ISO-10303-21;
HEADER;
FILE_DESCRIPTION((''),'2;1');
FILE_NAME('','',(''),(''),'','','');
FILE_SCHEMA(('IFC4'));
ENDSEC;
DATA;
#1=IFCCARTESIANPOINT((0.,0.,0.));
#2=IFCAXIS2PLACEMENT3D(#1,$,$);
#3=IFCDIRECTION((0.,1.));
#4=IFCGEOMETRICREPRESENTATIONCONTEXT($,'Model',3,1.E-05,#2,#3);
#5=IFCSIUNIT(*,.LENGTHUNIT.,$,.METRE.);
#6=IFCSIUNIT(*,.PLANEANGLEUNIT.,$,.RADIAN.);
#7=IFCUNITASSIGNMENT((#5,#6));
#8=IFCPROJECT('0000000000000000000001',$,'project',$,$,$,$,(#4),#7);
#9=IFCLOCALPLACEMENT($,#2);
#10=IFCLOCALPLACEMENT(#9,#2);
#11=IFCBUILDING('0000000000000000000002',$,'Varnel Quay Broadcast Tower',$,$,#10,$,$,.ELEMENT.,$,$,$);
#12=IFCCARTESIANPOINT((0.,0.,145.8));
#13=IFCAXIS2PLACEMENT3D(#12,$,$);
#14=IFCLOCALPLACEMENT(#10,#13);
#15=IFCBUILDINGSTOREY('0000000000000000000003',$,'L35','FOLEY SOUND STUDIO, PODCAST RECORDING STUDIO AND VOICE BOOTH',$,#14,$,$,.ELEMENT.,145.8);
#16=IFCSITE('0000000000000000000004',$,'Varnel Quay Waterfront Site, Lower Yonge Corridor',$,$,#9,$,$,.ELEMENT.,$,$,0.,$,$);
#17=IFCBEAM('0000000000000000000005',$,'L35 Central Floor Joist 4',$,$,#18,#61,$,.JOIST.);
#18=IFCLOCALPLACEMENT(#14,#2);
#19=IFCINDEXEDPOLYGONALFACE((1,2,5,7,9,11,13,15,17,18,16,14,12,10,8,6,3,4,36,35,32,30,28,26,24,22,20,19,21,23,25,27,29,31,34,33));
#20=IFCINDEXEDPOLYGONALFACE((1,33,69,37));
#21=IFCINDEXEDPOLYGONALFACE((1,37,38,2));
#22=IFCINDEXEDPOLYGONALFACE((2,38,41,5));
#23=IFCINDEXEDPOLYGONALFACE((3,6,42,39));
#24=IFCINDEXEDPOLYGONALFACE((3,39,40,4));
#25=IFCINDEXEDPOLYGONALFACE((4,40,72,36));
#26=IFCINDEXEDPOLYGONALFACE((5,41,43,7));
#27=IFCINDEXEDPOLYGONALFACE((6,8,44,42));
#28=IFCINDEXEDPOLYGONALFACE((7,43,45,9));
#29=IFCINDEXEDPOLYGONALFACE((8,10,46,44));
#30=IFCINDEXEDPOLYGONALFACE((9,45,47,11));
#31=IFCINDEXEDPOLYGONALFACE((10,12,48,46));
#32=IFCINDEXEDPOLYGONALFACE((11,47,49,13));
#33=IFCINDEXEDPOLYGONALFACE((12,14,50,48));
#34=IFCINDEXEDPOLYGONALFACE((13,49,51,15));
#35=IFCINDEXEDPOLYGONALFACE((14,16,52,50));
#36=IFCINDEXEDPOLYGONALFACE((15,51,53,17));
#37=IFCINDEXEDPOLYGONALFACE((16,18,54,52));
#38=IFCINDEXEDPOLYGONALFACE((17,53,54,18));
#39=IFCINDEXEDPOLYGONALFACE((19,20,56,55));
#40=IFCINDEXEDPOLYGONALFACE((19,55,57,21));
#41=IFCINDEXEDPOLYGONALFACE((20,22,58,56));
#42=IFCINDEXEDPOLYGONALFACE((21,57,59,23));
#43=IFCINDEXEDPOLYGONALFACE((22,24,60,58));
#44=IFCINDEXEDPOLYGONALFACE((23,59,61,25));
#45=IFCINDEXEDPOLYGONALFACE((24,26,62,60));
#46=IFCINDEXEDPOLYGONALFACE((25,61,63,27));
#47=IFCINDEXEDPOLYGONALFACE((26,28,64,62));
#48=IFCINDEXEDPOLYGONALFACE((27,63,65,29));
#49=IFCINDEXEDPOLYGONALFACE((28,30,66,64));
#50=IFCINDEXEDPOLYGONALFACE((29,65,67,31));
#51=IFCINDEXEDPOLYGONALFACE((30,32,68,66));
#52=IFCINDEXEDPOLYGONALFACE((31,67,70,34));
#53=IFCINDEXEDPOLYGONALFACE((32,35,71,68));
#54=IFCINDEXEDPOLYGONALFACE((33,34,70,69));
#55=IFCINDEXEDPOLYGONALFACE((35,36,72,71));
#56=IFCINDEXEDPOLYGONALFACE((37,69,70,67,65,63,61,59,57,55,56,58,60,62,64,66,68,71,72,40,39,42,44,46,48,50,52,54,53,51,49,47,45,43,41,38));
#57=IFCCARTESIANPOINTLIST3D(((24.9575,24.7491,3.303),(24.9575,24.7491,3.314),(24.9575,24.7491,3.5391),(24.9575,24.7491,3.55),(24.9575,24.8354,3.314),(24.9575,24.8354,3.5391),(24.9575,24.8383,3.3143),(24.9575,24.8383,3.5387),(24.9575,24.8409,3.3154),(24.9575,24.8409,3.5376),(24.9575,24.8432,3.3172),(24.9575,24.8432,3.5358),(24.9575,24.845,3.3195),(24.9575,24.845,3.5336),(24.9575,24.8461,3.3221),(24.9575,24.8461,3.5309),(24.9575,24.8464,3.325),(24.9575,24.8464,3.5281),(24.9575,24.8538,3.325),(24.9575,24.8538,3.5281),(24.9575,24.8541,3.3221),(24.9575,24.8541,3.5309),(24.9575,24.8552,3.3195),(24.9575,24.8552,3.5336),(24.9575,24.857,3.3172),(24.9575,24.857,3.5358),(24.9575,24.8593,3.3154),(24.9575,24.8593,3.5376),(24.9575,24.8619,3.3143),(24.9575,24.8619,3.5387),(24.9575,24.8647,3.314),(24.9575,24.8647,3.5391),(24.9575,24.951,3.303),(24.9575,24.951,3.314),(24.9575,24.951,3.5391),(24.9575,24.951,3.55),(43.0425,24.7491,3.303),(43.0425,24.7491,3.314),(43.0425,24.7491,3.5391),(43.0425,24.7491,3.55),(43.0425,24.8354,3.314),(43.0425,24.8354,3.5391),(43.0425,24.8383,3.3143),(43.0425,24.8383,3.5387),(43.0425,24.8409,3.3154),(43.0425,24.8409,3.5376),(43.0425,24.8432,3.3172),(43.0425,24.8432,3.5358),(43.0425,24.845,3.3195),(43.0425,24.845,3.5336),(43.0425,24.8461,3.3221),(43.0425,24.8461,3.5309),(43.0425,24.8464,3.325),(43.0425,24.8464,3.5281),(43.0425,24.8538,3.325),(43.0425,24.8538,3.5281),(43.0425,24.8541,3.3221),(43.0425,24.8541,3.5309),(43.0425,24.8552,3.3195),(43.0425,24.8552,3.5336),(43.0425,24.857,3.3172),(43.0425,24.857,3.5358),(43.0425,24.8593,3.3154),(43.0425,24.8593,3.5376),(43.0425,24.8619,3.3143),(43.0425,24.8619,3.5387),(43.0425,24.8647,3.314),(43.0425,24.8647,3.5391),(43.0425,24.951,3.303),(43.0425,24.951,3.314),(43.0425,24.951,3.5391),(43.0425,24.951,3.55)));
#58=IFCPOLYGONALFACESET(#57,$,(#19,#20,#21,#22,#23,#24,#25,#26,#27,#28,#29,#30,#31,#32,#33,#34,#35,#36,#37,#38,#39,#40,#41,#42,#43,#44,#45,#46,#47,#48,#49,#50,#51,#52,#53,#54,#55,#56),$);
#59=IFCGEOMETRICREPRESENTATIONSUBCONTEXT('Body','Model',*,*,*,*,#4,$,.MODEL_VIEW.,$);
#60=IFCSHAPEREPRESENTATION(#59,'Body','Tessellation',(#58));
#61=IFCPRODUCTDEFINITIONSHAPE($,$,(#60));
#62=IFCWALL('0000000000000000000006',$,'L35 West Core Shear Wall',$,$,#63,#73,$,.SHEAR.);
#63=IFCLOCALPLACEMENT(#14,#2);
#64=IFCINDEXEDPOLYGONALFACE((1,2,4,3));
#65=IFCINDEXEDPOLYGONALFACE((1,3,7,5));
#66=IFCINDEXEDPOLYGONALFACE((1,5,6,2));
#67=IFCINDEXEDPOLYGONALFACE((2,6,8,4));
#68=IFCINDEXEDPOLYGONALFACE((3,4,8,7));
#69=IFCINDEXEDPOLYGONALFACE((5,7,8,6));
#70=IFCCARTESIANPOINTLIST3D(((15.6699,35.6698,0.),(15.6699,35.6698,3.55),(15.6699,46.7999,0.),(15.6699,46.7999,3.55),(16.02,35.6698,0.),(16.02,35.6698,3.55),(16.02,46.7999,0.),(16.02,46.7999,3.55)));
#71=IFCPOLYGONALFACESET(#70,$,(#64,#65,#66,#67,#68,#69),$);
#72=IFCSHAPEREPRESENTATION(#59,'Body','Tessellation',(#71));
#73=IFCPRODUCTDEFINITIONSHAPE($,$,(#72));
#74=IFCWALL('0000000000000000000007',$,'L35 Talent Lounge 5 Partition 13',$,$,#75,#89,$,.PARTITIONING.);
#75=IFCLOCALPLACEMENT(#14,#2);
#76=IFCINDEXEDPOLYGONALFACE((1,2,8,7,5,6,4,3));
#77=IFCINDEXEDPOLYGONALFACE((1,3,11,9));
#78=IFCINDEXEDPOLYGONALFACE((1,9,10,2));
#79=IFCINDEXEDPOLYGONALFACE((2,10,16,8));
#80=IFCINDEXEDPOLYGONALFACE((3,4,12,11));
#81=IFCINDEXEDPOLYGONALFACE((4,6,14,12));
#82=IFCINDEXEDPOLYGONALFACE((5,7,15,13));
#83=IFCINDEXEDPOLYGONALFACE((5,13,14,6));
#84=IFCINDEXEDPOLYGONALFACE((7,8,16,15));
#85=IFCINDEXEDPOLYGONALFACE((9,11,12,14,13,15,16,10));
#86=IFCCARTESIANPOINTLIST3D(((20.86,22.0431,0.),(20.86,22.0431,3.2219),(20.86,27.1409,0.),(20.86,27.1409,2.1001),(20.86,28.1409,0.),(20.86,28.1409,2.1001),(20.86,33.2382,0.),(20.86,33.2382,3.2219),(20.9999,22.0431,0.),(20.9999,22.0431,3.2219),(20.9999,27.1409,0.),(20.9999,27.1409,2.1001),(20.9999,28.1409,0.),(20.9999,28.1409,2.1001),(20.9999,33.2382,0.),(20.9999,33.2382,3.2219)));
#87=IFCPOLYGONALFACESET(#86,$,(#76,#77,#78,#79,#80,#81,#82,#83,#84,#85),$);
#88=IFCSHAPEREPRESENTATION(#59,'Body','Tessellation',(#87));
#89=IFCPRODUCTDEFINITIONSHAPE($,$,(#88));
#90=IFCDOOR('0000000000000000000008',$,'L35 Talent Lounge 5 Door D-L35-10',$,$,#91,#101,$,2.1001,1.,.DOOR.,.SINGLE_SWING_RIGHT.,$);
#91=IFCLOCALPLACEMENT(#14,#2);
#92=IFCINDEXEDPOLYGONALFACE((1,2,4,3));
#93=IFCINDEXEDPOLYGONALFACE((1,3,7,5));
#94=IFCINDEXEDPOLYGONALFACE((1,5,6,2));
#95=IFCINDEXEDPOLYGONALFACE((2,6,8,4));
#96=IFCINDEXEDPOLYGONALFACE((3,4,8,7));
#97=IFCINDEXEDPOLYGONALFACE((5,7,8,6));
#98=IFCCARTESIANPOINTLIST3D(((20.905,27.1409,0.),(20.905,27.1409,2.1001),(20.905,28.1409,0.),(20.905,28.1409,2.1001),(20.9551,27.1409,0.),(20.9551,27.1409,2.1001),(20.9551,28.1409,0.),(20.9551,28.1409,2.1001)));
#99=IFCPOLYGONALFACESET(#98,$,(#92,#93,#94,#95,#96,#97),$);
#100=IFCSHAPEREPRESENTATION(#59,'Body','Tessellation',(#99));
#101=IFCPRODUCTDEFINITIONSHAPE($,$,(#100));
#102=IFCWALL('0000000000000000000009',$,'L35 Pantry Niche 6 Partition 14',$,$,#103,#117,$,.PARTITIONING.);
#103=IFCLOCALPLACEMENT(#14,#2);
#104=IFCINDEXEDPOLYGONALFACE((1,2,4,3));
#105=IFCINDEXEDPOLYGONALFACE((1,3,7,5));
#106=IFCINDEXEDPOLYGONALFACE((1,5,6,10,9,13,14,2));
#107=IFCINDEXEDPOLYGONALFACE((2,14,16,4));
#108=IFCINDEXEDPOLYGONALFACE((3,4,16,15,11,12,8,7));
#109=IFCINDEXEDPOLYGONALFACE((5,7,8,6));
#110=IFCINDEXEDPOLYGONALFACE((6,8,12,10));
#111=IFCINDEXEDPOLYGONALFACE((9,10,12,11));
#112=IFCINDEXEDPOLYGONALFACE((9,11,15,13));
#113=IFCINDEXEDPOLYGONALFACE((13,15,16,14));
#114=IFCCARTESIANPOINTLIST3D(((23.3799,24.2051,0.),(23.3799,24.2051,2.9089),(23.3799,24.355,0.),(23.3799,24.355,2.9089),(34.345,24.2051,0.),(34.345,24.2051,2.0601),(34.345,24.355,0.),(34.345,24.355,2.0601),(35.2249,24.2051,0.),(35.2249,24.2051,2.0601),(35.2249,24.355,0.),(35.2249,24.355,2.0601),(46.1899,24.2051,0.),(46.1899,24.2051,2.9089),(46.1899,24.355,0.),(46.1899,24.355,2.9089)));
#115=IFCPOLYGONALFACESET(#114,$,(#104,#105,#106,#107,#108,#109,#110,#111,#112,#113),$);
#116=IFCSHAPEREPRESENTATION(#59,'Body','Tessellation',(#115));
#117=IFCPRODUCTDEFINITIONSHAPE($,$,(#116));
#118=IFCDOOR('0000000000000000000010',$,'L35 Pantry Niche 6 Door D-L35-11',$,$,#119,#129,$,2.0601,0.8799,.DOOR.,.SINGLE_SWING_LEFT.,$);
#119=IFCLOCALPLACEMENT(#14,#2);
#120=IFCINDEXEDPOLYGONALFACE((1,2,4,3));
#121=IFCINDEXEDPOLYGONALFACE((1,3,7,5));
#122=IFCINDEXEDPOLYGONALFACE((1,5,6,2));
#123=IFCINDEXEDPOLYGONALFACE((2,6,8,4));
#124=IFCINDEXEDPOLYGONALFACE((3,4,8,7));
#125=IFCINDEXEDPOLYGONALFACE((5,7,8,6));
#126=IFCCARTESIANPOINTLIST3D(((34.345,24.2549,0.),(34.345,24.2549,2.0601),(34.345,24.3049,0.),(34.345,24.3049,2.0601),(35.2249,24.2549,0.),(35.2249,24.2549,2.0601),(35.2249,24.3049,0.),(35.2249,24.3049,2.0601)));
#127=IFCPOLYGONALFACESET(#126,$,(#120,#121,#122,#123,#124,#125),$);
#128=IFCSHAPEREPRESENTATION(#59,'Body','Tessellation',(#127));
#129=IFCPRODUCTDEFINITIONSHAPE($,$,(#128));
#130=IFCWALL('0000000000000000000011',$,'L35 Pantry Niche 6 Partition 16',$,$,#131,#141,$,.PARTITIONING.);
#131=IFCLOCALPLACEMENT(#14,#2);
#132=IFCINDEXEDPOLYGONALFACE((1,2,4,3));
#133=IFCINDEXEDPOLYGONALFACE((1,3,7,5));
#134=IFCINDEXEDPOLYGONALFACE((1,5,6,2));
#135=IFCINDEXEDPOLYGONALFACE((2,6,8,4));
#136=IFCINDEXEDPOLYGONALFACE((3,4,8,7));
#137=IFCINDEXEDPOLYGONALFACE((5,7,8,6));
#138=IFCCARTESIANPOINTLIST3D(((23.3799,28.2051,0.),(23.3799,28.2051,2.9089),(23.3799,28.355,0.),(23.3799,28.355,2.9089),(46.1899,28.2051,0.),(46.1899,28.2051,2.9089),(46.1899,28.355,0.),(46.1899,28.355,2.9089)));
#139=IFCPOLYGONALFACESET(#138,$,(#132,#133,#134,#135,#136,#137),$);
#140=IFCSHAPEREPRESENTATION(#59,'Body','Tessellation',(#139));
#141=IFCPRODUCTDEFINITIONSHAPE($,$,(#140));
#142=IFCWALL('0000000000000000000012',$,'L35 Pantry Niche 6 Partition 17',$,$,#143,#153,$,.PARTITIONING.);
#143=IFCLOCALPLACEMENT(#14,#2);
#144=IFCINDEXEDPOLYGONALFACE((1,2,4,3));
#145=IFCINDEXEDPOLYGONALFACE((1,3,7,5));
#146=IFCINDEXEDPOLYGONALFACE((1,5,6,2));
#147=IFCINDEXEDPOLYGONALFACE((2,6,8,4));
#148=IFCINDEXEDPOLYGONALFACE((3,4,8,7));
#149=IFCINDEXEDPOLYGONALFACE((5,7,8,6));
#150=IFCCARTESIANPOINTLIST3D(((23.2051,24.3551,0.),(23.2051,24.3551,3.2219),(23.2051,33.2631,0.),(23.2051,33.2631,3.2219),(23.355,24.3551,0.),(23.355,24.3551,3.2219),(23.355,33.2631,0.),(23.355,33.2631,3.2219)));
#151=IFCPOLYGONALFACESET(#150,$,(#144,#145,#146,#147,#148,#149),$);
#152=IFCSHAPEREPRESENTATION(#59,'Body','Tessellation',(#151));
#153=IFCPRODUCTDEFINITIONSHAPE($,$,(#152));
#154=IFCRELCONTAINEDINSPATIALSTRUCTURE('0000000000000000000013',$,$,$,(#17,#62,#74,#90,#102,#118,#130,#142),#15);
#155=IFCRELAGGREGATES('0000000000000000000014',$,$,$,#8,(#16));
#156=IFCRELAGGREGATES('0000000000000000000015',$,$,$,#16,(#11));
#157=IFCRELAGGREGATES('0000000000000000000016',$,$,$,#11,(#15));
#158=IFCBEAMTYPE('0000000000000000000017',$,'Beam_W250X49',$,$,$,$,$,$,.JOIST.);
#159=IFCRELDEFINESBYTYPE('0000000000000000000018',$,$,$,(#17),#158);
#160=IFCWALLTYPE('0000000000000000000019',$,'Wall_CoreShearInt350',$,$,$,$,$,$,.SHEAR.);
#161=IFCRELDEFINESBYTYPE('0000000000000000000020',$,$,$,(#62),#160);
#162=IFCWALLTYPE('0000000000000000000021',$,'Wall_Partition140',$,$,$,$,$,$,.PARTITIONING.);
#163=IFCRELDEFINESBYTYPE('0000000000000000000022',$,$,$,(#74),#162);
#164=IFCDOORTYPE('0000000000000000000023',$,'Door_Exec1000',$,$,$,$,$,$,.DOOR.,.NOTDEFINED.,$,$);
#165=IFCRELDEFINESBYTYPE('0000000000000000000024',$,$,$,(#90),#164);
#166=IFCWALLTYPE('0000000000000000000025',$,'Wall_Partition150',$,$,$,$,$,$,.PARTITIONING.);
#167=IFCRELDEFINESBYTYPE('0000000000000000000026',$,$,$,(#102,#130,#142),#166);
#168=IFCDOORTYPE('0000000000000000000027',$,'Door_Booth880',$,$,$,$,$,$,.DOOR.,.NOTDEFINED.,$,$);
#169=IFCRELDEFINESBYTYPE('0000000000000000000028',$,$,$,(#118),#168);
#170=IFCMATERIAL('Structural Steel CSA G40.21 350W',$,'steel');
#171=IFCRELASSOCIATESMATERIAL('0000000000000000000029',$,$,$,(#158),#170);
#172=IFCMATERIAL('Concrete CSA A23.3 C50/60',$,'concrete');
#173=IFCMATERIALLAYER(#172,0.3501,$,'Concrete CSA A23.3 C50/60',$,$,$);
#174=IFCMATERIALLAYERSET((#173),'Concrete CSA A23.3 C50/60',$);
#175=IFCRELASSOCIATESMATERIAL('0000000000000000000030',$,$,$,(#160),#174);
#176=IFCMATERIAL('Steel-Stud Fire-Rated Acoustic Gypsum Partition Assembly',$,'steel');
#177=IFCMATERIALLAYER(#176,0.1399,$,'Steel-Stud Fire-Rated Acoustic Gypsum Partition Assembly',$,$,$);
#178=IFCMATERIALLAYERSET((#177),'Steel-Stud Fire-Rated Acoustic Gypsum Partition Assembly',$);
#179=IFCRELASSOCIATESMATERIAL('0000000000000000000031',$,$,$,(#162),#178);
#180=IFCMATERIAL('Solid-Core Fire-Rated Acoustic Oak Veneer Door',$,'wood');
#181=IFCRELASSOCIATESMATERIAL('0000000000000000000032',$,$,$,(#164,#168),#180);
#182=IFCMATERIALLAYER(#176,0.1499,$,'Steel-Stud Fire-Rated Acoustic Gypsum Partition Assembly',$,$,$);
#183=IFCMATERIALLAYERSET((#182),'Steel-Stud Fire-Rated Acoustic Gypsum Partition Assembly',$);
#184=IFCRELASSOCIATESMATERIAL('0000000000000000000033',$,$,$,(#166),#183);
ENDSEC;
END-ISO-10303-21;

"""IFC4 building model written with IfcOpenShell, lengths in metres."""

from ifc_helpers import new_model, si_unit, direction, frame, frame_2d, origin, origin_2d, place, context, subcontext, project, spatial, rectangle, i_section, extrude, source, transform, mapped, material, layer, layer_set, material_profile, profile_set, type_object, type_shapes, element, fill, save


model = new_model("IFC4")

# Units and contexts
model_context = context("Model", 3, precision=1e-05, world=origin(), true_north=direction((0.0, 1.0)))
body_context = subcontext(model_context, "Body", "Model", "MODEL_VIEW")
ifc_project = project(units=[si_unit("LENGTHUNIT", "METRE"), si_unit("PLANEANGLEUNIT", "RADIAN")], contexts=[model_context])

# Site, building, storey
site_placement = place(None, origin())
site = spatial("IfcSite", under=ifc_project, at=site_placement, Name="Varnel Quay Waterfront Site, Lower Yonge Corridor", CompositionType="ELEMENT", RefElevation=0.0)
building_placement = place(site_placement, origin())
building = spatial("IfcBuilding", under=site, at=building_placement, Name="Varnel Quay Broadcast Tower", CompositionType="ELEMENT")
storey_placement = place(building_placement, frame((0.0, 0.0, 145.8)))
storey = spatial("IfcBuildingStorey", under=building, at=storey_placement, Name="L35", Description="FOLEY SOUND STUDIO, PODCAST RECORDING STUDIO AND VOICE BOOTH", CompositionType="ELEMENT", Elevation=145.8)

# Shared definitions
ifc_material_1 = material(Name="Concrete CSA A23.3 C50/60", Category="concrete")

# Beam
ifc_material_2 = material(Name="Structural Steel CSA G40.21 350W", Category="steel")
ifc_material_profile_1 = material_profile(ifc_material_2, i_section(OverallWidth=0.2019, OverallDepth=0.2471, WebThickness=0.0073, FlangeThickness=0.011, FilletRadius=0.011, at=origin_2d()), Name="W250X49")
ifc_profile_set_1 = profile_set([ifc_material_profile_1], Name="Structural Steel CSA G40.21 350W")
beam_type_1 = type_object("IfcBeamType", Name="Beam_W250X49", PredefinedType="JOIST", material=ifc_profile_set_1)
shared_shape_1 = source(origin(), body_context, "Body", "SweptSolid", [
    extrude(i_section(OverallWidth=0.2019, OverallDepth=0.2471, WebThickness=0.0073, FlangeThickness=0.011, FilletRadius=0.011, at=origin_2d()), origin(), (0.0, 0.0, 1.0), 18.085),
])
beam_1_placement = place(storey_placement, frame((24.9575, 24.8501, 3.4265), z_axis=(1.0, 0.0, 0.0), x_axis=(0.0, 1.0, 0.0)))
element("IfcBeam", 1, at=beam_1_placement, inside=storey, type_object=beam_type_1, Name="L35 Central Floor Joist 4", PredefinedType="JOIST", context=body_context, shape_type="MappedRepresentation", body=[
    mapped(shared_shape_1, transform((0.0, 0.0, 0.0), x_axis=(1.0, 0.0, 0.0), y_axis=(0.0, 1.0, 0.0), z_axis=(0.0, 0.0, 1.0), scale=1.0)),
])

# Wall
ifc_layer_1 = layer(ifc_material_1, 0.3501, Name="Concrete CSA A23.3 C50/60")
ifc_layer_set_1 = layer_set([ifc_layer_1], Name="Concrete CSA A23.3 C50/60")
wall_type_1 = type_object("IfcWallType", Name="Wall_CoreShearInt350", PredefinedType="SHEAR", material=ifc_layer_set_1)
wall_1_placement = place(storey_placement, frame((15.845, 35.6699, 0.0), z_axis=(0.0, 0.0, 1.0), x_axis=(0.0, 1.0, 0.0)))
element("IfcWall", 2, at=wall_1_placement, inside=storey, type_object=wall_type_1, Name="L35 West Core Shear Wall", PredefinedType="SHEAR", context=body_context, shape_type="SweptSolid", body=[
    extrude(rectangle(XDim=11.1301, YDim=0.3501, at=frame_2d((5.5649, 0.0))), origin(), (0.0, 0.0, 1.0), 3.55),
])

# Walls, openings, doors
ifc_material_3 = material(Name="Steel-Stud Fire-Rated Acoustic Gypsum Partition Assembly", Category="steel")
ifc_layer_2 = layer(ifc_material_3, 0.1399, Name="Steel-Stud Fire-Rated Acoustic Gypsum Partition Assembly")
ifc_layer_set_2 = layer_set([ifc_layer_2], Name="Steel-Stud Fire-Rated Acoustic Gypsum Partition Assembly")
wall_type_2 = type_object("IfcWallType", Name="Wall_Partition140", PredefinedType="PARTITIONING", material=ifc_layer_set_2)
wall_2_placement = place(storey_placement, frame((20.9299, 22.043, 0.0), z_axis=(0.0, 0.0, 1.0), x_axis=(0.0, 1.0, 0.0)))
wall_2 = element("IfcWall", 3, at=wall_2_placement, inside=storey, type_object=wall_type_2, Name="L35 Talent Lounge 5 Partition 13", PredefinedType="PARTITIONING", context=body_context, shape_type="SweptSolid", body=[
    extrude(rectangle(XDim=11.1951, YDim=0.1399, at=frame_2d((5.5977, 0.0))), origin(), (0.0, 0.0, 1.0), 3.2219),
])
opening_1_placement = place(wall_2_placement, frame((5.0979, 0.0, 0.0)))
opening_1 = element("IfcOpeningElement", 4, at=opening_1_placement, cuts=wall_2, PredefinedType="OPENING", context=body_context, shape_type="SweptSolid", body=[
    extrude(rectangle(XDim=1.0, YDim=2.1001, at=frame_2d((0.5, 1.05))), frame((0.0, 0.0801, 0.0), z_axis=(0.0, -1.0, 0.0), x_axis=(1.0, 0.0, 0.0)), (0.0, 0.0, 1.0), 0.1599),
])
ifc_material_4 = material(Name="Solid-Core Fire-Rated Acoustic Oak Veneer Door", Category="wood")
door_type_1 = type_object("IfcDoorType", Name="Door_Exec1000", OperationType="NOTDEFINED", PredefinedType="DOOR", material=ifc_material_4)
shared_shape_2 = source(origin(), body_context, "Body", "SweptSolid", [
    extrude(rectangle(XDim=1.0, YDim=2.1001, at=frame_2d((0.5, 1.05))), frame((0.0, 0.0249, 0.0), z_axis=(0.0, -1.0, 0.0), x_axis=(1.0, 0.0, 0.0)), (0.0, 0.0, 1.0), 0.05),
])
type_shapes(door_type_1, [shared_shape_2])
door_1_placement = place(opening_1_placement, origin())
door_1 = element("IfcDoor", 5, at=door_1_placement, inside=storey, type_object=door_type_1, Name="L35 Talent Lounge 5 Door D-L35-10", OperationType="SINGLE_SWING_RIGHT", OverallHeight=2.1001, OverallWidth=1.0, PredefinedType="DOOR", context=body_context, shape_type="MappedRepresentation", body=[
    mapped(shared_shape_2, transform((0.0, 0.0, 0.0), x_axis=(1.0, 0.0, 0.0), y_axis=(0.0, 1.0, 0.0), z_axis=(0.0, 0.0, 1.0), scale=1.0)),
])
fill(opening_1, door_1)
ifc_layer_3 = layer(ifc_material_3, 0.1499, Name="Steel-Stud Fire-Rated Acoustic Gypsum Partition Assembly")
ifc_layer_set_3 = layer_set([ifc_layer_3], Name="Steel-Stud Fire-Rated Acoustic Gypsum Partition Assembly")
wall_type_3 = type_object("IfcWallType", Name="Wall_Partition150", PredefinedType="PARTITIONING", material=ifc_layer_set_3)
wall_3_placement = place(storey_placement, frame((23.3799, 24.28, 0.0), z_axis=(0.0, 0.0, 1.0), x_axis=(1.0, 0.0, 0.0)))
wall_3 = element("IfcWall", 6, at=wall_3_placement, inside=storey, type_object=wall_type_3, Name="L35 Pantry Niche 6 Partition 14", PredefinedType="PARTITIONING", context=body_context, shape_type="SweptSolid", body=[
    extrude(rectangle(XDim=22.8101, YDim=0.1499, at=frame_2d((11.405, 0.0))), origin(), (0.0, 0.0, 1.0), 2.9089),
])
opening_2_placement = place(wall_3_placement, frame((10.9651, 0.0, 0.0)))
opening_2 = element("IfcOpeningElement", 7, at=opening_2_placement, cuts=wall_3, PredefinedType="OPENING", context=body_context, shape_type="SweptSolid", body=[
    extrude(rectangle(XDim=0.8799, YDim=2.0601, at=frame_2d((0.4399, 1.03))), frame((0.0, 0.085, 0.0), z_axis=(0.0, -1.0, 0.0), x_axis=(1.0, 0.0, 0.0)), (0.0, 0.0, 1.0), 0.1699),
])
door_type_2 = type_object("IfcDoorType", Name="Door_Booth880", OperationType="NOTDEFINED", PredefinedType="DOOR", material=ifc_material_4)
shared_shape_3 = source(origin(), body_context, "Body", "SweptSolid", [
    extrude(rectangle(XDim=0.8799, YDim=2.0601, at=frame_2d((0.4399, 1.03))), frame((0.0, 0.0249, 0.0), z_axis=(0.0, -1.0, 0.0), x_axis=(1.0, 0.0, 0.0)), (0.0, 0.0, 1.0), 0.05),
])
type_shapes(door_type_2, [shared_shape_3])
door_2_placement = place(opening_2_placement, origin())
door_2 = element("IfcDoor", 8, at=door_2_placement, inside=storey, type_object=door_type_2, Name="L35 Pantry Niche 6 Door D-L35-11", OperationType="SINGLE_SWING_LEFT", OverallHeight=2.0601, OverallWidth=0.8799, PredefinedType="DOOR", context=body_context, shape_type="MappedRepresentation", body=[
    mapped(shared_shape_3, transform((0.0, 0.0, 0.0), x_axis=(1.0, 0.0, 0.0), y_axis=(0.0, 1.0, 0.0), z_axis=(0.0, 0.0, 1.0), scale=1.0)),
])
fill(opening_2, door_2)

# Walls
wall_4_placement = place(storey_placement, frame((23.3799, 28.28, 0.0), z_axis=(0.0, 0.0, 1.0), x_axis=(1.0, 0.0, 0.0)))
element("IfcWall", 9, at=wall_4_placement, inside=storey, type_object=wall_type_3, Name="L35 Pantry Niche 6 Partition 16", PredefinedType="PARTITIONING", context=body_context, shape_type="SweptSolid", body=[
    extrude(rectangle(XDim=22.8101, YDim=0.1499, at=frame_2d((11.405, 0.0))), origin(), (0.0, 0.0, 1.0), 2.9089),
])
wall_5_placement = place(storey_placement, frame((23.28, 24.355, 0.0), z_axis=(0.0, 0.0, 1.0), x_axis=(0.0, 1.0, 0.0)))
element("IfcWall", 10, at=wall_5_placement, inside=storey, type_object=wall_type_3, Name="L35 Pantry Niche 6 Partition 17", PredefinedType="PARTITIONING", context=body_context, shape_type="SweptSolid", body=[
    extrude(rectangle(XDim=8.908, YDim=0.1499, at=frame_2d((4.4541, 0.0))), origin(), (0.0, 0.0, 1.0), 3.2219),
])

save(model, "model.ifc")
